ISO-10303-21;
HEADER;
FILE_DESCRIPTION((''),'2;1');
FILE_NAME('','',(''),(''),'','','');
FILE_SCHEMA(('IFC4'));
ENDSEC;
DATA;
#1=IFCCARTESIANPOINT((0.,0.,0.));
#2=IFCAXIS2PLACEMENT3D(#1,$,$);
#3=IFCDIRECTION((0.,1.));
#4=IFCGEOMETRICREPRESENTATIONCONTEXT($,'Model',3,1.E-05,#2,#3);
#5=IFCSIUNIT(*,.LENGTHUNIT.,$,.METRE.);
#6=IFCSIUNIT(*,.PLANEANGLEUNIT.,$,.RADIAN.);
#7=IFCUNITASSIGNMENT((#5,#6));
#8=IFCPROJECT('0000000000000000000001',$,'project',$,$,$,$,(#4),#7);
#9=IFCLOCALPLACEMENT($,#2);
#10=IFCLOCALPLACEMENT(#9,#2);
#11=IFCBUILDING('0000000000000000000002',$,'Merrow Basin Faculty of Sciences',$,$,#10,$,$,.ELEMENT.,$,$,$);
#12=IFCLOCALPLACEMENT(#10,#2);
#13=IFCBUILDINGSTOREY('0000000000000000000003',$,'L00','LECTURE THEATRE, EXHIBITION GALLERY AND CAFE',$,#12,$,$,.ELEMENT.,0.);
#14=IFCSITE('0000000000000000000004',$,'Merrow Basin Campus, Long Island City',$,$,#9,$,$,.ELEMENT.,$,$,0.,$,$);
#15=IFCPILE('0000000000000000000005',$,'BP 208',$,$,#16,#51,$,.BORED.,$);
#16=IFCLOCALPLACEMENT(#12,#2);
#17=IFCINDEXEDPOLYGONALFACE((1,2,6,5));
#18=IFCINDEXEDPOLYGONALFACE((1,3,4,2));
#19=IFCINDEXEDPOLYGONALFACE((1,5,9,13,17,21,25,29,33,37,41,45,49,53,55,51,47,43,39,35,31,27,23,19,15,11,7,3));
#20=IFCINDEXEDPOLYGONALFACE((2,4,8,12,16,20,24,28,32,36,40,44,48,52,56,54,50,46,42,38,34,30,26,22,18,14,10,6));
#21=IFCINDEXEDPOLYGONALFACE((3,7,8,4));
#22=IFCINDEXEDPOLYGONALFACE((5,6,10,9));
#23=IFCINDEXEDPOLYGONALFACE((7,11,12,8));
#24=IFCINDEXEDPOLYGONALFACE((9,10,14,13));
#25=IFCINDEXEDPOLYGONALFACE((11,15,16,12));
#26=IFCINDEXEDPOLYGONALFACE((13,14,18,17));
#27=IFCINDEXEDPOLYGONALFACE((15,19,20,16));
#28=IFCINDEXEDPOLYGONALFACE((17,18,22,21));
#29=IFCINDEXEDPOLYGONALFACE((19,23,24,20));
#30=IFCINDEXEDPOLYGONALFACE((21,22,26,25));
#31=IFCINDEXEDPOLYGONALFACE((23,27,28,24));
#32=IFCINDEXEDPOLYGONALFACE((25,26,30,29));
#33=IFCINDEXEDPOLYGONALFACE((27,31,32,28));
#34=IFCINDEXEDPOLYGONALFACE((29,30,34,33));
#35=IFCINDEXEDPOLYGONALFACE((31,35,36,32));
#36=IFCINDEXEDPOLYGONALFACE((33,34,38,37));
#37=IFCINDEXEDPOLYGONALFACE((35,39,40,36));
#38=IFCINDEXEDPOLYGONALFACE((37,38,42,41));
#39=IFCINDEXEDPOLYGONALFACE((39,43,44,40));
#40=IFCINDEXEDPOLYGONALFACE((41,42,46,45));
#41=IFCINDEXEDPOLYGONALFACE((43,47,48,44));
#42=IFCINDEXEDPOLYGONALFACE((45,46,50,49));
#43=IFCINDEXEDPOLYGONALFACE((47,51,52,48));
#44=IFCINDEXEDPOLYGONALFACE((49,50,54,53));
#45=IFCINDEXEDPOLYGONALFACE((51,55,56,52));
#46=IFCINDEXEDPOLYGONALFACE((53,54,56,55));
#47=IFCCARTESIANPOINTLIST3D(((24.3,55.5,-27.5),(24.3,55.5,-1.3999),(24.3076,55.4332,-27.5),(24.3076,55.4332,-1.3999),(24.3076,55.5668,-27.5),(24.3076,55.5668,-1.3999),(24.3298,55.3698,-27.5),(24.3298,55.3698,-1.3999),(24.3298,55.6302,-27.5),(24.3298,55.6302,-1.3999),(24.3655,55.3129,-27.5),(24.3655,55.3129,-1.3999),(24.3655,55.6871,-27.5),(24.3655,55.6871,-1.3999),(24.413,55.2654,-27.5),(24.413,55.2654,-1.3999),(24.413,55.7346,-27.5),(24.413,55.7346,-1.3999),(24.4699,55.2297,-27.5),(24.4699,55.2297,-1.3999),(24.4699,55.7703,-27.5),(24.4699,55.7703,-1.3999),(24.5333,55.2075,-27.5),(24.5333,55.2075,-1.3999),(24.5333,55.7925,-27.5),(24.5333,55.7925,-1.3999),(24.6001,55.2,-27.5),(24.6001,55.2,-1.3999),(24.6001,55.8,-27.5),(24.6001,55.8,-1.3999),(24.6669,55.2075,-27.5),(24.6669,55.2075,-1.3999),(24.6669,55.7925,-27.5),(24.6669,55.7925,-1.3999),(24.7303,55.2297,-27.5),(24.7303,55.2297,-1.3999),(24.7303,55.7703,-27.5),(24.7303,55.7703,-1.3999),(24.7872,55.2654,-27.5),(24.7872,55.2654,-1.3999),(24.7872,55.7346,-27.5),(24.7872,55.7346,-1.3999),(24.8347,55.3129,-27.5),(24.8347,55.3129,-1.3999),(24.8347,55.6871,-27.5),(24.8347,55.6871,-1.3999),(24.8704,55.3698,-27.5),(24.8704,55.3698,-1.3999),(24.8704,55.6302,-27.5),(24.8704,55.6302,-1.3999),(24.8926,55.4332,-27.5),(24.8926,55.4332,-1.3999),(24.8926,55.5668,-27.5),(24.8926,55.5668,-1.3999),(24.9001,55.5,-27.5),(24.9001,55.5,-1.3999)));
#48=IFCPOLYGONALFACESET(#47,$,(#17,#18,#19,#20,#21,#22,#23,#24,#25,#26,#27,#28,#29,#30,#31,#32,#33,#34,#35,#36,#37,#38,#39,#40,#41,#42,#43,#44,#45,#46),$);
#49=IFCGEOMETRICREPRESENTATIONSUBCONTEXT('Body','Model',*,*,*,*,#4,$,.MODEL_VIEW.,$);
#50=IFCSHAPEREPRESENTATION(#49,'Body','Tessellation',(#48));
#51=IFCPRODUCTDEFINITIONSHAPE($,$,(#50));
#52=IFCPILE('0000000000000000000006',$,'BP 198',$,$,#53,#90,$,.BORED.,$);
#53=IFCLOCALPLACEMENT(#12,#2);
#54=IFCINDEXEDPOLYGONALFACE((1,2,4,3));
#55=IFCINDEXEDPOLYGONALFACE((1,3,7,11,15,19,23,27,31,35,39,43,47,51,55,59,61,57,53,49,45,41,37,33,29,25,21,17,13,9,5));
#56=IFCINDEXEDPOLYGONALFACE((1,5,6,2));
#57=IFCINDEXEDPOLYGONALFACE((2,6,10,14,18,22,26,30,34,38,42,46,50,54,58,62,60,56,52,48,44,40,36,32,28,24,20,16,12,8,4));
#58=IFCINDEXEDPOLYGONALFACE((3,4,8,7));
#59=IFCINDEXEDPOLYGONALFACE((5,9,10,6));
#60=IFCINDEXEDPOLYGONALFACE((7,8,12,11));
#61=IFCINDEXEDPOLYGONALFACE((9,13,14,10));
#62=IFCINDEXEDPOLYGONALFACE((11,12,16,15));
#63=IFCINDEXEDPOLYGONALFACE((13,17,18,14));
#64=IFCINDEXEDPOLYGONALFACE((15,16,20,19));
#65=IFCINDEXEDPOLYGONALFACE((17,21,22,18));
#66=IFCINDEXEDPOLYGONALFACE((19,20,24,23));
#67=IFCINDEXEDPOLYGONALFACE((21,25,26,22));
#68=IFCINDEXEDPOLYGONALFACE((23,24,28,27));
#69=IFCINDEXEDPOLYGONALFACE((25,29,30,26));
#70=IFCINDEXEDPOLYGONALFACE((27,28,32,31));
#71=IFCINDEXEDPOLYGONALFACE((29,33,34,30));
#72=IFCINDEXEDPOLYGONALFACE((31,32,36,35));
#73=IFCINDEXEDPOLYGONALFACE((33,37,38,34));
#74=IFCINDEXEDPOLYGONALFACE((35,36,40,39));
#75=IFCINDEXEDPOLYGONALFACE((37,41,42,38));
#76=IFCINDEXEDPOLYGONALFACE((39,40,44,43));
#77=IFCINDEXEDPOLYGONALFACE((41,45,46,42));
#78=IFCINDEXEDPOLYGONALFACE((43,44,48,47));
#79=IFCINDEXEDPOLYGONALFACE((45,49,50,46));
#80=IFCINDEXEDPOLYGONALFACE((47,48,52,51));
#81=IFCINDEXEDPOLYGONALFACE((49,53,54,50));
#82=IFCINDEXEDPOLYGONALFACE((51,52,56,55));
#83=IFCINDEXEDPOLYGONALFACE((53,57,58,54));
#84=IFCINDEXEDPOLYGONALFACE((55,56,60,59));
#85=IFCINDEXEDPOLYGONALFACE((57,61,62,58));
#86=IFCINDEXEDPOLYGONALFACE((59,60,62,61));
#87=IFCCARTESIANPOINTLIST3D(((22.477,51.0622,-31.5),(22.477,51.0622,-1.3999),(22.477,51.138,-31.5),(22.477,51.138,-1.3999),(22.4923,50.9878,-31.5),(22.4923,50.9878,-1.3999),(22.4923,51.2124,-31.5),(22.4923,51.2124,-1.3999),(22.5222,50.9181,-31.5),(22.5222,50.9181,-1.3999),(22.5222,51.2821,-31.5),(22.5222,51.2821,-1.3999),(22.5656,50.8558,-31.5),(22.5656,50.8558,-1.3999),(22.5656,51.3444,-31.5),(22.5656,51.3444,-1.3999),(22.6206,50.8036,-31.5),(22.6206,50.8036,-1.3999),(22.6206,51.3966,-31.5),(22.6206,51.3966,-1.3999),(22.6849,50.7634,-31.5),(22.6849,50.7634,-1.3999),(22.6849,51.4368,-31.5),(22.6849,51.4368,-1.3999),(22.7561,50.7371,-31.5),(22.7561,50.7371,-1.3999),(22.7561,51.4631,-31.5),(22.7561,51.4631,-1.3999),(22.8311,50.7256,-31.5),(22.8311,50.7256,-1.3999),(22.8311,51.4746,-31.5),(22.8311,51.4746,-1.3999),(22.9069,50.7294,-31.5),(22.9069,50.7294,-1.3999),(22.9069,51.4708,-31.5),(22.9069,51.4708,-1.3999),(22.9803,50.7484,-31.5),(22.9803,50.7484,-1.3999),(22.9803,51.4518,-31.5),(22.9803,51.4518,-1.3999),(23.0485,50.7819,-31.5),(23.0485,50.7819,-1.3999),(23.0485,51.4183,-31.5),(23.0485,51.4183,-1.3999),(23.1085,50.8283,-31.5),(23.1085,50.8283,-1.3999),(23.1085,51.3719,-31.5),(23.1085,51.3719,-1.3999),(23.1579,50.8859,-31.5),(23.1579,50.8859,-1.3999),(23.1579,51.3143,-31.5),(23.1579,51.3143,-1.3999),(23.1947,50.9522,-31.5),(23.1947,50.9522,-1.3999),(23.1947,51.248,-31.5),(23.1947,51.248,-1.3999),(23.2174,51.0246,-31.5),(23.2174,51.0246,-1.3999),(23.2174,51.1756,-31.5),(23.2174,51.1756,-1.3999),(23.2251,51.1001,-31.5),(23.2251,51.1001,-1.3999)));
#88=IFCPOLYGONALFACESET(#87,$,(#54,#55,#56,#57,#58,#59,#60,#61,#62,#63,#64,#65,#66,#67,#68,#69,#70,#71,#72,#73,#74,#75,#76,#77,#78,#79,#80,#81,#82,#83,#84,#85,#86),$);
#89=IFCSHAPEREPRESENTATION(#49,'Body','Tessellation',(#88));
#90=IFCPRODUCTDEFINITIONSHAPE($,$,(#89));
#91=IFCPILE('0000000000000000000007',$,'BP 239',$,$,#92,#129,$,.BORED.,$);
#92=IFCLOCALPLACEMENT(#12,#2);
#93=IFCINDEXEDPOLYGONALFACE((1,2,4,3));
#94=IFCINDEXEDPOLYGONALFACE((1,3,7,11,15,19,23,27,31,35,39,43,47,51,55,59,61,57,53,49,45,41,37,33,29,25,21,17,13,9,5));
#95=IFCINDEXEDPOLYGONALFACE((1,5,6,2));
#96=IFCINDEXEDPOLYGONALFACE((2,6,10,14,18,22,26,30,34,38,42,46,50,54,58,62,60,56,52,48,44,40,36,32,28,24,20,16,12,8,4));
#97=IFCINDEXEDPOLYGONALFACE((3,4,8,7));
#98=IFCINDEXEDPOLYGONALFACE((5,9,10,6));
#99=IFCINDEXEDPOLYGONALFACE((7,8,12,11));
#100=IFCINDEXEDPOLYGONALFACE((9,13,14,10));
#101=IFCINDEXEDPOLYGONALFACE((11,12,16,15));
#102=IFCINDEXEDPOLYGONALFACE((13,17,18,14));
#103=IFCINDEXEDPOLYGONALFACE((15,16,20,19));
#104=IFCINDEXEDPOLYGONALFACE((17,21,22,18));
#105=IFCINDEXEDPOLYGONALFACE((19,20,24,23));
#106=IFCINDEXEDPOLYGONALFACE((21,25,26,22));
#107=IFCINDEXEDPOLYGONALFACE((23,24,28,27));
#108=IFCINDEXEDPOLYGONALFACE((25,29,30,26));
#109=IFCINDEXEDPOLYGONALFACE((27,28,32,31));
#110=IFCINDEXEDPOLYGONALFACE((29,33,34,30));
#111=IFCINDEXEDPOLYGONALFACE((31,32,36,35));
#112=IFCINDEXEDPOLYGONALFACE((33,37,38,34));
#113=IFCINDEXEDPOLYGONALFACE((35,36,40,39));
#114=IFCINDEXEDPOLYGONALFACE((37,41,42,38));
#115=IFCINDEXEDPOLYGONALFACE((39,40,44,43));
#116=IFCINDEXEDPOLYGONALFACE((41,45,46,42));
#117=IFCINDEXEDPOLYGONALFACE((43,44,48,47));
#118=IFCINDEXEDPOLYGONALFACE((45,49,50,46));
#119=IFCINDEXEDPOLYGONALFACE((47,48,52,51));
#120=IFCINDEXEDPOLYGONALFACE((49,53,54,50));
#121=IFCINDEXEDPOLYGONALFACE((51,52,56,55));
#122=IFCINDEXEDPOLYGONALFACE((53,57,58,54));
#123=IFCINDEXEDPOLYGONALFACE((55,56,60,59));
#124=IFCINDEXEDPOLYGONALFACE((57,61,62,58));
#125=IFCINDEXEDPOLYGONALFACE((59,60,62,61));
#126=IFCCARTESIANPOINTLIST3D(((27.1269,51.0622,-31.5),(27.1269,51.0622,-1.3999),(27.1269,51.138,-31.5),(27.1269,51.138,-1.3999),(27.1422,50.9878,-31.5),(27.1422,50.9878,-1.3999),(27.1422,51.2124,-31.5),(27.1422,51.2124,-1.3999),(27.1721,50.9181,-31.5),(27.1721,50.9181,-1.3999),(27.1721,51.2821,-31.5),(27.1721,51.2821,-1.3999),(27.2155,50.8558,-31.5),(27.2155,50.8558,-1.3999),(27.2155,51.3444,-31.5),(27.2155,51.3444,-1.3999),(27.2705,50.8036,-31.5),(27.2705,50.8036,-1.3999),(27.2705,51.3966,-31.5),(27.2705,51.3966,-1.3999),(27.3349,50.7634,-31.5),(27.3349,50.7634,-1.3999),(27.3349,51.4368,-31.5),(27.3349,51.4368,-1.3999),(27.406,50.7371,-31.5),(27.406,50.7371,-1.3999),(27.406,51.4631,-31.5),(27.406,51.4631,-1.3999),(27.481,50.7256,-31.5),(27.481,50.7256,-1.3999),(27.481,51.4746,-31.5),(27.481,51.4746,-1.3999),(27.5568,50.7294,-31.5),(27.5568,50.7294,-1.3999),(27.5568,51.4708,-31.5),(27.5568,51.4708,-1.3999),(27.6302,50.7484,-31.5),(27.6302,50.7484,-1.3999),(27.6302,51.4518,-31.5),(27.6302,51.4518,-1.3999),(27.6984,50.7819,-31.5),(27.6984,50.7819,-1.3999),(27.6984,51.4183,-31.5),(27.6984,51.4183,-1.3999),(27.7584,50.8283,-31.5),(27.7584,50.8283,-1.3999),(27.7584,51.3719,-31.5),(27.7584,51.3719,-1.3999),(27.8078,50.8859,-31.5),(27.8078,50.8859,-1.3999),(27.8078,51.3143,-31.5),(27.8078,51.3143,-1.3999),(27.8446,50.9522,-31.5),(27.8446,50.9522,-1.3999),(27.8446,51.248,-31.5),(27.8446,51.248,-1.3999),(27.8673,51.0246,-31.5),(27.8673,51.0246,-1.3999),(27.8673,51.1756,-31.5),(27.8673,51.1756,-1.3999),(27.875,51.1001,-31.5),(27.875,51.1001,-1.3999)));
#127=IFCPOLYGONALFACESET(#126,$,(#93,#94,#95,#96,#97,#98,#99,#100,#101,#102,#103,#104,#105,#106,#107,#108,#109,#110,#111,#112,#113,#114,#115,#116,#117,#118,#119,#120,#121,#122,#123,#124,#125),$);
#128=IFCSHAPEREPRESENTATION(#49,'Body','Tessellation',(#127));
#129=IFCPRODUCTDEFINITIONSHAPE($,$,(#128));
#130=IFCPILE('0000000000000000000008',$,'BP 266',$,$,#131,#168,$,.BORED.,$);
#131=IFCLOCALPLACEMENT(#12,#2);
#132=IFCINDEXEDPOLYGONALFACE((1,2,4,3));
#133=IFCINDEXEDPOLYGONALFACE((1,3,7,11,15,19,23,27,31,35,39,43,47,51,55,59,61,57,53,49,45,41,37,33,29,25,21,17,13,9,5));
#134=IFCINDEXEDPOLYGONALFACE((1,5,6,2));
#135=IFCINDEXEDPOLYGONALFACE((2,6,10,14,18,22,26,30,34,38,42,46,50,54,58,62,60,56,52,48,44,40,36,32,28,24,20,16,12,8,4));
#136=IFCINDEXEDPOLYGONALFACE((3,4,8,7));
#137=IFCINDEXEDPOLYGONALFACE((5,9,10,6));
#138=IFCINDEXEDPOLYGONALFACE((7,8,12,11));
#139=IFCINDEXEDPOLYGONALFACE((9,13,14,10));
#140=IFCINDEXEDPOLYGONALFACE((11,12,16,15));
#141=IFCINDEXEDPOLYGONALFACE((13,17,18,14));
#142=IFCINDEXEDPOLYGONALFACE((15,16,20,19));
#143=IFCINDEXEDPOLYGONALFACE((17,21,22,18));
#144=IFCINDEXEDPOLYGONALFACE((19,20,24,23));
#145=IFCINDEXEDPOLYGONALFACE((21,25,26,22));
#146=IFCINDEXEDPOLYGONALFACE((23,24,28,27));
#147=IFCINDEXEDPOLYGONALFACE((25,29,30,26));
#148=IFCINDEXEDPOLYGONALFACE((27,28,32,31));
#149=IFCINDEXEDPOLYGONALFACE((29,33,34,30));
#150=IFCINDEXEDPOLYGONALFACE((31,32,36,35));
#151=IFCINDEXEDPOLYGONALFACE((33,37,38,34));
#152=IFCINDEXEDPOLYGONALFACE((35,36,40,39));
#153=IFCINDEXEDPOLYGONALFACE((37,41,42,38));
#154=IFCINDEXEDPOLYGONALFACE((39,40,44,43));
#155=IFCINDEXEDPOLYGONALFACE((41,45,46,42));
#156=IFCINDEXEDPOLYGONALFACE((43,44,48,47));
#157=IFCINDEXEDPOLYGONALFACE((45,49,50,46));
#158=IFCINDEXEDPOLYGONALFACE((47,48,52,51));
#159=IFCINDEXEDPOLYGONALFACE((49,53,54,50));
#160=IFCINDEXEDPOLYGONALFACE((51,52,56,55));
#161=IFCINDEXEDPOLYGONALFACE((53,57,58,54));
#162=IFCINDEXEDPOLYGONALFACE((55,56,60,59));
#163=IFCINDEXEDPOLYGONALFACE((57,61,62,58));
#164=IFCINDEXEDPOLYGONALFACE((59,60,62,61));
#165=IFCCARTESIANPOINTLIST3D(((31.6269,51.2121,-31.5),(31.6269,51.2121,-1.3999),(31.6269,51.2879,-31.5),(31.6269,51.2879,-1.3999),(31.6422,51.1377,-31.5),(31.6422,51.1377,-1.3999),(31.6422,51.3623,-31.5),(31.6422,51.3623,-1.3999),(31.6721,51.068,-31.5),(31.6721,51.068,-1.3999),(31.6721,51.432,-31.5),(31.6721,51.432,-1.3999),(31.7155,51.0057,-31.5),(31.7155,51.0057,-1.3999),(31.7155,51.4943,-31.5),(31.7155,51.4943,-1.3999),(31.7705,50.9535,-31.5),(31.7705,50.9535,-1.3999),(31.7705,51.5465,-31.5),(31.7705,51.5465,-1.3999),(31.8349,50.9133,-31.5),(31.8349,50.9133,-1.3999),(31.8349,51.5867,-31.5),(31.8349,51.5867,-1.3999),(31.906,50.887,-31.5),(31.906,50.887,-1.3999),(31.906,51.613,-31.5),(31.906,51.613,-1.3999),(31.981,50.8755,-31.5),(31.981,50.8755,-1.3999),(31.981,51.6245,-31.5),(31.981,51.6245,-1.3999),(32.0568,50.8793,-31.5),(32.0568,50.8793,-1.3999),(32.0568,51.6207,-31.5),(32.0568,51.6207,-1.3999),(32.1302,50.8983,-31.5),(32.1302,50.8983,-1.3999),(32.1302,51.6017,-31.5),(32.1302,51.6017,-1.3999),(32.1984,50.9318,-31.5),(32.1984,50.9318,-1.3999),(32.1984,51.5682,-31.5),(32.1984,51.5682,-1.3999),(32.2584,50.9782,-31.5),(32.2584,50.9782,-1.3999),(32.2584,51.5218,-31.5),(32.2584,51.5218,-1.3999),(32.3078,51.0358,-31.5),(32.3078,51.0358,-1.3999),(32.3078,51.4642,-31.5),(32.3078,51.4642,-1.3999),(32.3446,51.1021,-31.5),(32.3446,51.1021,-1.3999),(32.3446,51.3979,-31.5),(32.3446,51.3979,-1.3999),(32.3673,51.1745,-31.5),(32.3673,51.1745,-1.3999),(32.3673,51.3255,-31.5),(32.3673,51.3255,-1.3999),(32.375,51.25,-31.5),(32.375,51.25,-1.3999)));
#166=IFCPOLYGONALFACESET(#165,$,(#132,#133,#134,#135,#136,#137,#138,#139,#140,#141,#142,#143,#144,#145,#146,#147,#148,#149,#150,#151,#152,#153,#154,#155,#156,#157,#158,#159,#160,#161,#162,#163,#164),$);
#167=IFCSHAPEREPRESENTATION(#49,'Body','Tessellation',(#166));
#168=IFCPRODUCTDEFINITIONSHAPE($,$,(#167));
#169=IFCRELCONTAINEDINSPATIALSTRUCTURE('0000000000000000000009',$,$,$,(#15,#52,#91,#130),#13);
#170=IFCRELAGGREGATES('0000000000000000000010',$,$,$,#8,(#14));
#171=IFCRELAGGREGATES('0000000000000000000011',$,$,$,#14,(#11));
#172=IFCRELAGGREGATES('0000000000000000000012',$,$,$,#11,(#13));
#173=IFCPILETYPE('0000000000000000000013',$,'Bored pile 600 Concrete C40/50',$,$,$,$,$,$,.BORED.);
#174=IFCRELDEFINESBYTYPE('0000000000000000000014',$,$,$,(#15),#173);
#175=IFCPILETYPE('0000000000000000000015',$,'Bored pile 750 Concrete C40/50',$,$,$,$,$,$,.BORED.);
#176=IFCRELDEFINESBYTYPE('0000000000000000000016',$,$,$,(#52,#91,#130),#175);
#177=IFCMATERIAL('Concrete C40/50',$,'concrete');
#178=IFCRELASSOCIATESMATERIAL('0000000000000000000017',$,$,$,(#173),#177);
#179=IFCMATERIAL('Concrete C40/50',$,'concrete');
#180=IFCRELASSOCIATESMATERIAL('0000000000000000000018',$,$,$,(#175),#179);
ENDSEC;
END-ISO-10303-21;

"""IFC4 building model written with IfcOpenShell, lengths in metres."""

from ifc_helpers import new_model, si_unit, direction, frame, origin, origin_2d, place, context, subcontext, project, spatial, circle, extrude, material, material_profile, profile_set, type_object, element, save


model = new_model("IFC4")

# Units and contexts
model_context = context("Model", 3, precision=1e-05, world=origin(), true_north=direction((0.0, 1.0)))
body_context = subcontext(model_context, "Body", "Model", "MODEL_VIEW")
ifc_project = project(units=[si_unit("LENGTHUNIT", "METRE"), si_unit("PLANEANGLEUNIT", "RADIAN")], contexts=[model_context])

# Site, building, storey
site_placement = place(None, origin())
site = spatial("IfcSite", under=ifc_project, at=site_placement, Name="Merrow Basin Campus, Long Island City", CompositionType="ELEMENT", RefElevation=0.0)
building_placement = place(site_placement, origin())
building = spatial("IfcBuilding", under=site, at=building_placement, Name="Merrow Basin Faculty of Sciences", CompositionType="ELEMENT")
storey_placement = place(building_placement, origin())
storey = spatial("IfcBuildingStorey", under=building, at=storey_placement, Name="L00", Description="LECTURE THEATRE, EXHIBITION GALLERY AND CAFE", CompositionType="ELEMENT", Elevation=0.0)

# Piles
ifc_material_1 = material(Name="Concrete C40/50", Category="concrete")
ifc_material_profile_1 = material_profile(ifc_material_1, circle(Radius=0.3, at=origin_2d()))
ifc_profile_set_1 = profile_set([ifc_material_profile_1], Name="Concrete C40/50")
pile_type_1 = type_object("IfcPileType", Name="Bored pile 600 Concrete C40/50", PredefinedType="BORED", material=ifc_profile_set_1)
pile_placement = place(storey_placement, frame((24.6001, 55.5, -1.3999), z_axis=(0.0, 0.0, -1.0), x_axis=(1.0, 0.0, 0.0)))
element("IfcPile", 1, at=pile_placement, inside=storey, type_object=pile_type_1, Name="BP 208", PredefinedType="BORED", context=body_context, shape_type="SweptSolid", body=[
    extrude(circle(Radius=0.3, at=origin_2d()), origin(), (0.0, 0.0, 1.0), 26.1001),
])
ifc_material_2 = material(Name="Concrete C40/50", Category="concrete")
ifc_material_profile_2 = material_profile(ifc_material_2, circle(Radius=0.375, at=origin_2d()))
ifc_profile_set_2 = profile_set([ifc_material_profile_2], Name="Concrete C40/50")
pile_type_2 = type_object("IfcPileType", Name="Bored pile 750 Concrete C40/50", PredefinedType="BORED", material=ifc_profile_set_2)
for number, where, z_axis, x_axis, name in (
    (2, (22.8501, 51.1001, -1.3999), (0.0, 0.0, -1.0), (1.0, 0.0, 0.0), "BP 198"),
    (3, (27.5, 51.1001, -1.3999), (0.0, 0.0, -1.0), (1.0, 0.0, 0.0), "BP 239"),
    (4, (32.0, 51.25, -1.3999), (0.0, 0.0, -1.0), (1.0, 0.0, 0.0), "BP 266"),
):
    element("IfcPile", number, at=place(storey_placement, frame(where, z_axis=z_axis, x_axis=x_axis)), inside=storey, type_object=pile_type_2, Name=name, PredefinedType="BORED", context=body_context, shape_type="SweptSolid", body=[
        extrude(circle(Radius=0.375, at=origin_2d()), origin(), (0.0, 0.0, 1.0), 30.1001),
    ])

save(model, "model.ifc")
